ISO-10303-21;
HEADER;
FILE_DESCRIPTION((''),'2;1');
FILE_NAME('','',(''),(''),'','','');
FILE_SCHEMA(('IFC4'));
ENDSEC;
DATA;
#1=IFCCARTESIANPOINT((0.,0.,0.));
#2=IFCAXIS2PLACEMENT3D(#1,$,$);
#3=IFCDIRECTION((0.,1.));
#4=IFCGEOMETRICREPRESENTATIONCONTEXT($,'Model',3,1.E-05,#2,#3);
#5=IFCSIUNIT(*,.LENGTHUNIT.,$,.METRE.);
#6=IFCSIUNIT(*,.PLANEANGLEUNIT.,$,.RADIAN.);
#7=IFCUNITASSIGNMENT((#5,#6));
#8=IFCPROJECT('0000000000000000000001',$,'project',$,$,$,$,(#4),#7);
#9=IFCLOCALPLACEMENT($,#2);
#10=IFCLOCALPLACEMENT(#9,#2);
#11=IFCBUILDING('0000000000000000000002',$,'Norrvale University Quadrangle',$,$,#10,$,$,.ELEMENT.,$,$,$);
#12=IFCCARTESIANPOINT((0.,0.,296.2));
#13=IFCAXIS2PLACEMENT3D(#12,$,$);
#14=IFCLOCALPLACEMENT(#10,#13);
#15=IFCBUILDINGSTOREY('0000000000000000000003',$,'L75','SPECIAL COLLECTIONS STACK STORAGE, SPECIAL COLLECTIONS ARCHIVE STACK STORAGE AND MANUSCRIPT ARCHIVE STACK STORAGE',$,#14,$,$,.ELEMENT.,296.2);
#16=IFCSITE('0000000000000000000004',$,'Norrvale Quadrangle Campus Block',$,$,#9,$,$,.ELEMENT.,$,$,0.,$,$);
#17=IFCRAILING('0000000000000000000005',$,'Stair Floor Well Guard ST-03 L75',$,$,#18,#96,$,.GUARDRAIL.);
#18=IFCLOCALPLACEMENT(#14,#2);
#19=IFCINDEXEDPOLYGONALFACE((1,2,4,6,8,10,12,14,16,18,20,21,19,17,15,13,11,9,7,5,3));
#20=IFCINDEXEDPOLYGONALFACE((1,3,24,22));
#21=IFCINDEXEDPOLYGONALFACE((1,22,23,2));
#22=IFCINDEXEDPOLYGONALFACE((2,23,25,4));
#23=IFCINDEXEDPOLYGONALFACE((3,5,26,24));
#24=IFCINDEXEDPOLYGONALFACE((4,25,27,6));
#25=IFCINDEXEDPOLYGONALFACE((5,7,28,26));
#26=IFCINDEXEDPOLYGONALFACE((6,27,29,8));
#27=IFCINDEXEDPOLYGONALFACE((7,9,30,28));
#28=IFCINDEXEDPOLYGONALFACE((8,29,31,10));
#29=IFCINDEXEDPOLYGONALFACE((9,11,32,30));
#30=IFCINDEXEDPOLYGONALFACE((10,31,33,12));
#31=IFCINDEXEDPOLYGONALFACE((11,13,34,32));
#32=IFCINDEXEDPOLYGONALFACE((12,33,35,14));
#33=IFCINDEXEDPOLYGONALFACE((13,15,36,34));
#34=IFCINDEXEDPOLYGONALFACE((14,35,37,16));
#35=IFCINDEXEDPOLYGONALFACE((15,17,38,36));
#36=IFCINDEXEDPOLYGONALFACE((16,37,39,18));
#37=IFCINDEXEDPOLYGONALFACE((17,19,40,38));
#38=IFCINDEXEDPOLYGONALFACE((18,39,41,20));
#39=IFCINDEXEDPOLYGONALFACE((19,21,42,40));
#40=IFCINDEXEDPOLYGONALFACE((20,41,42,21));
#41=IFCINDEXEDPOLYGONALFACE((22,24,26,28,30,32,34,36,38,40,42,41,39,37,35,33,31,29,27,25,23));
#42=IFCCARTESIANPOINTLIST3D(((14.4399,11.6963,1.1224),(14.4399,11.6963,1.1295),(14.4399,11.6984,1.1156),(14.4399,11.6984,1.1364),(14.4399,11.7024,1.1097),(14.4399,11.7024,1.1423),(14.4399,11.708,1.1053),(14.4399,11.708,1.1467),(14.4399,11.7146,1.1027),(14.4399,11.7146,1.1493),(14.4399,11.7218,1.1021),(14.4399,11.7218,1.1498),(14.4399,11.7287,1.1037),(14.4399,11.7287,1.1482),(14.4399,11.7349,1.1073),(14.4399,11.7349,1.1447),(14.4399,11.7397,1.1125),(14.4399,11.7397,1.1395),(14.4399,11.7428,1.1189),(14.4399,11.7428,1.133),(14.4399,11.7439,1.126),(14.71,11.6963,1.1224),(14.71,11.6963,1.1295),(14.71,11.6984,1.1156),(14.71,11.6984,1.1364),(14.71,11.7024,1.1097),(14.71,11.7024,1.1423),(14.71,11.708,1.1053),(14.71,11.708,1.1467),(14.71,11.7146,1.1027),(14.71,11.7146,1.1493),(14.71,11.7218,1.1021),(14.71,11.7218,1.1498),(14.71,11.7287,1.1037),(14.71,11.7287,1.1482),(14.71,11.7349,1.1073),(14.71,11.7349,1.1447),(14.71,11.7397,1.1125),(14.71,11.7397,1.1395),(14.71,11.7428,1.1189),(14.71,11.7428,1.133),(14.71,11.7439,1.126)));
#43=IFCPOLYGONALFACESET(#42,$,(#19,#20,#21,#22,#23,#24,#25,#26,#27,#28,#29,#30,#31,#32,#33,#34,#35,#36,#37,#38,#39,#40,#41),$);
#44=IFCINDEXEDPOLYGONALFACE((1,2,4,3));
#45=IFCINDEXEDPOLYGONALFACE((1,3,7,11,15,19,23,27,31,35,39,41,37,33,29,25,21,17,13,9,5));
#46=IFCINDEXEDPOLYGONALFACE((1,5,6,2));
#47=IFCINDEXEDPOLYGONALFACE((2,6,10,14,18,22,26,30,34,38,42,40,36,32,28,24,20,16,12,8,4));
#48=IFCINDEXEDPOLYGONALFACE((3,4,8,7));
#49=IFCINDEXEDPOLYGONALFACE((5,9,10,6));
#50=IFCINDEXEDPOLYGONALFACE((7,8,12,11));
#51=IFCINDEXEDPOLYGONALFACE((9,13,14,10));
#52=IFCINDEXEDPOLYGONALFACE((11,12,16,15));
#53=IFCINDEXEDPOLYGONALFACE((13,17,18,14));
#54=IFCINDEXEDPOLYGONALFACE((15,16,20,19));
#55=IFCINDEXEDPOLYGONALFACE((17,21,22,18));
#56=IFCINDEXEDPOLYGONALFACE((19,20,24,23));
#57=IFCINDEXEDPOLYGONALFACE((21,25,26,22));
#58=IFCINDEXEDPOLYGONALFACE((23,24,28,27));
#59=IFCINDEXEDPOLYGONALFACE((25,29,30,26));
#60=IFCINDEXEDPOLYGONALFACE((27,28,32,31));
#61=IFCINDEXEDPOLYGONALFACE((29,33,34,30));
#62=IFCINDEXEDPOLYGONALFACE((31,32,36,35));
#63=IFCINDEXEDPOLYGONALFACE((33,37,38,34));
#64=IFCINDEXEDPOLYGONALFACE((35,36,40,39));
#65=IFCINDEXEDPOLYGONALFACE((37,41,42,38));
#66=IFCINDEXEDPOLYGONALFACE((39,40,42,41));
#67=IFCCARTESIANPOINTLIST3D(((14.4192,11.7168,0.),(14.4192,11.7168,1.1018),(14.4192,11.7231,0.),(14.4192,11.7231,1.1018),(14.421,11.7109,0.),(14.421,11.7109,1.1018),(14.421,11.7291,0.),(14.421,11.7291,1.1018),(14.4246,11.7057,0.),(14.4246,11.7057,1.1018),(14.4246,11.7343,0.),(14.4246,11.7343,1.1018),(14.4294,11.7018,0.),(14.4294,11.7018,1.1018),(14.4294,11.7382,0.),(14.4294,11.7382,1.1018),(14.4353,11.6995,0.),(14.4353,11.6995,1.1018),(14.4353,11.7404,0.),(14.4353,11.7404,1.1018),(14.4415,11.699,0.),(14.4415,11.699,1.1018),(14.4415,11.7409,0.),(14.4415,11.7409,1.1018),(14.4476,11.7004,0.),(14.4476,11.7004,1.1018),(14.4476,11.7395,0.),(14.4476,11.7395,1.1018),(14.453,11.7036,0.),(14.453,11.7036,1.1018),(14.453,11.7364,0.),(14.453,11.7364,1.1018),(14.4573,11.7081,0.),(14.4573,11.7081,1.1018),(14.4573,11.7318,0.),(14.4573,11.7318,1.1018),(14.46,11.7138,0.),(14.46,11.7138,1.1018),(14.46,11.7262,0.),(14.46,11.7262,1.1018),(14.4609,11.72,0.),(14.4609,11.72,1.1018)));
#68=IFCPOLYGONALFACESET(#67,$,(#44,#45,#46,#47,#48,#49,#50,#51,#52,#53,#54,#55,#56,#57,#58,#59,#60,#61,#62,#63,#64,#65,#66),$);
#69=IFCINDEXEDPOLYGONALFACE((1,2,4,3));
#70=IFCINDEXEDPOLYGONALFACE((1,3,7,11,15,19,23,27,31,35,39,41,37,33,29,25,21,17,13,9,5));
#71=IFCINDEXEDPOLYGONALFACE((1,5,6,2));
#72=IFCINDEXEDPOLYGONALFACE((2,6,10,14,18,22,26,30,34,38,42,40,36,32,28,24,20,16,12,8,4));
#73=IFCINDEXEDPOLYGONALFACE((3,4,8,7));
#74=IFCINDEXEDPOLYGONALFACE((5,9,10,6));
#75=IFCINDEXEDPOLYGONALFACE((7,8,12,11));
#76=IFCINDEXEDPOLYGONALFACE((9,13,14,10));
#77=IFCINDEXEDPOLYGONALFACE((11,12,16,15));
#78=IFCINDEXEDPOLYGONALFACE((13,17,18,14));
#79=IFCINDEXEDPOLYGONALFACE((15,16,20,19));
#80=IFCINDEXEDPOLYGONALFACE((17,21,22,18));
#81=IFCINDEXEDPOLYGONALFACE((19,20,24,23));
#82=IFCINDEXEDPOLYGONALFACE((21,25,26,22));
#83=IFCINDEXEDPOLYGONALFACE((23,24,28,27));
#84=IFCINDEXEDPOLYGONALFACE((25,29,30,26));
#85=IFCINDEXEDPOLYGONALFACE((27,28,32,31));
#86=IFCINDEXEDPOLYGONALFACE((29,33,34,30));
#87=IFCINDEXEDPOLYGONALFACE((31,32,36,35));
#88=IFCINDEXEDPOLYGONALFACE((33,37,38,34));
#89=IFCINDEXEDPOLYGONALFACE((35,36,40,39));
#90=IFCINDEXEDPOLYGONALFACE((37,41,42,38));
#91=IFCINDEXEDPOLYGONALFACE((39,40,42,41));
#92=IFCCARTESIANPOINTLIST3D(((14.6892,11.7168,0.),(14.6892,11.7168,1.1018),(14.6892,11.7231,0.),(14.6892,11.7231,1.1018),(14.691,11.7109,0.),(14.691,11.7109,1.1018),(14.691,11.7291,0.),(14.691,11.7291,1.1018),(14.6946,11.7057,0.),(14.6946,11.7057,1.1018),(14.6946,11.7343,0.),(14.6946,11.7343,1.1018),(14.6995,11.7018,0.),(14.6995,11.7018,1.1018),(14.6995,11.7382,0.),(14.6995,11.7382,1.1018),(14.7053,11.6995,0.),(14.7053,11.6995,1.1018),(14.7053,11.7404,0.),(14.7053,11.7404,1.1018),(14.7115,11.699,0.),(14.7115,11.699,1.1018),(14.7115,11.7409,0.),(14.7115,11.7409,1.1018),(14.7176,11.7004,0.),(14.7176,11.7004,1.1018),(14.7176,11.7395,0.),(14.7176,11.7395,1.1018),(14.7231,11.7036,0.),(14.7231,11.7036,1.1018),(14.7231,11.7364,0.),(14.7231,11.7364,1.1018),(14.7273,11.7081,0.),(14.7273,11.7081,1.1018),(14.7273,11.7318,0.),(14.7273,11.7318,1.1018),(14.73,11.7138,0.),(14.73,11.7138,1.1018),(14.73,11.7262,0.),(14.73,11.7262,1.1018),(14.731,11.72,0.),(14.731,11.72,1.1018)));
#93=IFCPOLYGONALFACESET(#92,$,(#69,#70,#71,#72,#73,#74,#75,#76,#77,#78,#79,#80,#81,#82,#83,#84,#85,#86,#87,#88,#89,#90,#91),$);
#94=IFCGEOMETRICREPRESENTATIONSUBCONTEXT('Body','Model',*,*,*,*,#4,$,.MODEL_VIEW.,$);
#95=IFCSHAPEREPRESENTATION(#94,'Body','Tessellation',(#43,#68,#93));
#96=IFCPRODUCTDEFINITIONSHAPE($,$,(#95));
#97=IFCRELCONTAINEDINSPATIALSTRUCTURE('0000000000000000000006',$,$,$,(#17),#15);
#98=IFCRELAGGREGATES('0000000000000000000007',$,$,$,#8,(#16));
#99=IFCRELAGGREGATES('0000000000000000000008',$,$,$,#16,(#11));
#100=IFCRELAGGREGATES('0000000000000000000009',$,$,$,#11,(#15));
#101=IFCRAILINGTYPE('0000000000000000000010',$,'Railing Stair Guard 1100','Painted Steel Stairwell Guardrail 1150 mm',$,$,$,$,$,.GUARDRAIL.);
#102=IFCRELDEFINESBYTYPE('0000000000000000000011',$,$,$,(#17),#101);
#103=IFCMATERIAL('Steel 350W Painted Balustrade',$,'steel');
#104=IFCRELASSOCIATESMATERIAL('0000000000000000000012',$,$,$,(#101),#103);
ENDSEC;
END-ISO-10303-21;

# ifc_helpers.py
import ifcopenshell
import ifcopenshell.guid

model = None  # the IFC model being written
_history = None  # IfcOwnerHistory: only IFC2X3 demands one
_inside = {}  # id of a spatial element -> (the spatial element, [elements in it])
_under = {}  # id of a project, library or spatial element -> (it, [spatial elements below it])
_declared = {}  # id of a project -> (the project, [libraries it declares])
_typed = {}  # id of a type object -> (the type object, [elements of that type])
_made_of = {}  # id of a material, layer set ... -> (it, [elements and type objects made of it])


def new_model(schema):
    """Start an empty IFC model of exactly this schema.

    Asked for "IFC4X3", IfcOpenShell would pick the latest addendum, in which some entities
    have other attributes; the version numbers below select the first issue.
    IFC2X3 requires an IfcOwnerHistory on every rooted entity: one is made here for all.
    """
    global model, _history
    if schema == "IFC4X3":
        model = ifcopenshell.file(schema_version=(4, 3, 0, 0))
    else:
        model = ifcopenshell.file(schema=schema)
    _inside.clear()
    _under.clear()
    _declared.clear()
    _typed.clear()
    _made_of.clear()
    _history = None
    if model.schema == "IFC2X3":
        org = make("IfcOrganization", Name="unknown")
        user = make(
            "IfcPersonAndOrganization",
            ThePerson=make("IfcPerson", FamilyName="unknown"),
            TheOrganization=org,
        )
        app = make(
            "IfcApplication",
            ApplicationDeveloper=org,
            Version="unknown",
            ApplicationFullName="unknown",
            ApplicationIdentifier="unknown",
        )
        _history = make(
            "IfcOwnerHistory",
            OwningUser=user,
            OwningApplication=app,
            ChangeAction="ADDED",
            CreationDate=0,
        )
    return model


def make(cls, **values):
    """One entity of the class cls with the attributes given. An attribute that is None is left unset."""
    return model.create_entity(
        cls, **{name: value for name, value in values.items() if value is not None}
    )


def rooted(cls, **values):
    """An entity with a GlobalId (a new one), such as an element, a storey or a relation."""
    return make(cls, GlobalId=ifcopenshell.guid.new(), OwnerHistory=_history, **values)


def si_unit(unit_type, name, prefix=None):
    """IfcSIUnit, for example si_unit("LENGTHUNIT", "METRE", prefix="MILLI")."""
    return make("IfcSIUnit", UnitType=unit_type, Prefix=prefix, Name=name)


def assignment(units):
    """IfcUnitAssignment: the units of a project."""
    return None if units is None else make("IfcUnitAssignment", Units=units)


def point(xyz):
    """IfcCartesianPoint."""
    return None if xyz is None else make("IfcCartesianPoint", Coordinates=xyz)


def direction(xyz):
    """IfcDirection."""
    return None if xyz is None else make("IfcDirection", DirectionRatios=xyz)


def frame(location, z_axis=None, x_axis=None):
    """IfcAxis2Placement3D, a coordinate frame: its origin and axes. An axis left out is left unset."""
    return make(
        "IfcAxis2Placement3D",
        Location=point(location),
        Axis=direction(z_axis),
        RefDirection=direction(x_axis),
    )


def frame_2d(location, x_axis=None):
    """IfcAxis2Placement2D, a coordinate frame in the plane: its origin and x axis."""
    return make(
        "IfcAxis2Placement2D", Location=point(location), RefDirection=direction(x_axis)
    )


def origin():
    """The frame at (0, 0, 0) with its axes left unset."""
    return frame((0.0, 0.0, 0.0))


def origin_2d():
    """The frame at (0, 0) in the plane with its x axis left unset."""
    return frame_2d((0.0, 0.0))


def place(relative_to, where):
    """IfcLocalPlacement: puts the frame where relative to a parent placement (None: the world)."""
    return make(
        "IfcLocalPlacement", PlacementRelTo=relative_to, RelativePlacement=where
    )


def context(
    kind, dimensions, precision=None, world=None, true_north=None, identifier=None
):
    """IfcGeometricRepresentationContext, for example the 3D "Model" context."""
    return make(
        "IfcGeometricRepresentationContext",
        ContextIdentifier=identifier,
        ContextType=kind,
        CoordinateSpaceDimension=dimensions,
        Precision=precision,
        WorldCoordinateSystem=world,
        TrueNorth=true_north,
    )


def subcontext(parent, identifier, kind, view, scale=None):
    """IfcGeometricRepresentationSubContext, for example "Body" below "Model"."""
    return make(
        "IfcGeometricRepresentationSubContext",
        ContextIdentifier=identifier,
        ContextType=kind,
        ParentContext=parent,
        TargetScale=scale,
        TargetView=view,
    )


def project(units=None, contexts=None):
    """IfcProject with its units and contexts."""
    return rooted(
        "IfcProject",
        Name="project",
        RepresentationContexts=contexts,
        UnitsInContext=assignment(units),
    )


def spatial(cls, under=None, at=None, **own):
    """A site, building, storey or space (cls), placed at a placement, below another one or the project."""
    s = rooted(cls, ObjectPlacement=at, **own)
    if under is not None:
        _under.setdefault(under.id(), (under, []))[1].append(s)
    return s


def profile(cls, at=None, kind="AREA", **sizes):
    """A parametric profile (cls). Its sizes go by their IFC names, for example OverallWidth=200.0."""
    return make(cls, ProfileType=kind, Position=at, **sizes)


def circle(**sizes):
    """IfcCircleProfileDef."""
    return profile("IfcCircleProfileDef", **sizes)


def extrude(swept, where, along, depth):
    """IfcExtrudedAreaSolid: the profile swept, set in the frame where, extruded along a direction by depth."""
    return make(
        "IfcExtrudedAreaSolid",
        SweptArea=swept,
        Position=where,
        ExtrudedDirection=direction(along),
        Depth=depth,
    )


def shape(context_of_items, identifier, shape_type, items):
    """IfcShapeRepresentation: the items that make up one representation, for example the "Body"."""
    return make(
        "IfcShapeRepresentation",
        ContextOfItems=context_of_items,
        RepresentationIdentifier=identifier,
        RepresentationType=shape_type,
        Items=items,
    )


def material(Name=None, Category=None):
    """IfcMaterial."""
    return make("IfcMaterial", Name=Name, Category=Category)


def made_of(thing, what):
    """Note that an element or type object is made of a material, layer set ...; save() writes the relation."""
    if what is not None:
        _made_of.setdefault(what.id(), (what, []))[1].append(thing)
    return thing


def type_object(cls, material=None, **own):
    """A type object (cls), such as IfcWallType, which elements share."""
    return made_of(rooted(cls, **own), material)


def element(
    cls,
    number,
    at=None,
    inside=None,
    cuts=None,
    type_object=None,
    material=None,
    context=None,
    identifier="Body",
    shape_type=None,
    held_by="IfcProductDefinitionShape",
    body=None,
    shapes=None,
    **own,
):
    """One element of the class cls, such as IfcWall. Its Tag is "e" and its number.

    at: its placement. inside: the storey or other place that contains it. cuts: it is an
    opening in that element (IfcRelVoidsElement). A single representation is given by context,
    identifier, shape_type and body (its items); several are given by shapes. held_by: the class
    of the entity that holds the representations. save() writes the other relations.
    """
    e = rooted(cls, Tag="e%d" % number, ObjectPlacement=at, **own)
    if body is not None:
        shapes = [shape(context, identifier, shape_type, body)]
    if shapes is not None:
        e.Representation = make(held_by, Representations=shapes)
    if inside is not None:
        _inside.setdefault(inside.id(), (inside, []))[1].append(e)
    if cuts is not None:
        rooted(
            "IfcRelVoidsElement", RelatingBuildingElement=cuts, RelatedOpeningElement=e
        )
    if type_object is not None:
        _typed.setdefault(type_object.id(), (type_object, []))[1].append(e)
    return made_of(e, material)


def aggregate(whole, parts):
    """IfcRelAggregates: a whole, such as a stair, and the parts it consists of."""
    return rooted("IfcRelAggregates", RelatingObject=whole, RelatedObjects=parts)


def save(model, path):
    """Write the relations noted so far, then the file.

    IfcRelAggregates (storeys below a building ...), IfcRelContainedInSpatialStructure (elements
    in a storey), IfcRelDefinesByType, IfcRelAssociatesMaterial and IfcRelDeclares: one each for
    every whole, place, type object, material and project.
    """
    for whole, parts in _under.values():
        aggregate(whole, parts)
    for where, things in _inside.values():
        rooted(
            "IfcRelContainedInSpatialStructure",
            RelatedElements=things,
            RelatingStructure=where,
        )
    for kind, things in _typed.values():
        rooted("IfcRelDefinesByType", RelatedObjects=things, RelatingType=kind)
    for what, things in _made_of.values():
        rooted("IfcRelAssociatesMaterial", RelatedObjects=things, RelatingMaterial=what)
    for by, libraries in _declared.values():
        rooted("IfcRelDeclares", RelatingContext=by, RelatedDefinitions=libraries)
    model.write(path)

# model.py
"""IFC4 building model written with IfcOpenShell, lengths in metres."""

from ifc_helpers import new_model, si_unit, direction, frame, origin, origin_2d, place, context, subcontext, project, spatial, circle, extrude, material, type_object, element, save


model = new_model("IFC4")

# Units and contexts
model_context = context("Model", 3, precision=1e-05, world=origin(), true_north=direction((0.0, 1.0)))
body_context = subcontext(model_context, "Body", "Model", "MODEL_VIEW")
ifc_project = project(units=[si_unit("LENGTHUNIT", "METRE"), si_unit("PLANEANGLEUNIT", "RADIAN")], contexts=[model_context])

# Site, building, storey
site_placement = place(None, origin())
site = spatial("IfcSite", under=ifc_project, at=site_placement, Name="Norrvale Quadrangle Campus Block", CompositionType="ELEMENT", RefElevation=0.0)
building_placement = place(site_placement, origin())
building = spatial("IfcBuilding", under=site, at=building_placement, Name="Norrvale University Quadrangle", CompositionType="ELEMENT")
storey_placement = place(building_placement, frame((0.0, 0.0, 296.2)))
storey = spatial("IfcBuildingStorey", under=building, at=storey_placement, Name="L75", Description="SPECIAL COLLECTIONS STACK STORAGE, SPECIAL COLLECTIONS ARCHIVE STACK STORAGE AND MANUSCRIPT ARCHIVE STACK STORAGE", CompositionType="ELEMENT", Elevation=296.2)

# Railing
ifc_material_1 = material(Name="Steel 350W Painted Balustrade", Category="steel")
railing_type_1 = type_object("IfcRailingType", Name="Railing Stair Guard 1100", Description="Painted Steel Stairwell Guardrail 1150 mm", PredefinedType="GUARDRAIL", material=ifc_material_1)
railing_1_placement = place(storey_placement, frame((14.4399, 11.72, 0.0)))
element("IfcRailing", 1, at=railing_1_placement, inside=storey, type_object=railing_type_1, Name="Stair Floor Well Guard ST-03 L75", PredefinedType="GUARDRAIL", context=body_context, shape_type="SweptSolid", body=[
    extrude(circle(Radius=0.0239, at=origin_2d()), frame((0.0, 0.0, 1.126), z_axis=(1.0, 0.0, 0.0), x_axis=(0.0, 1.0, 0.0)), (0.0, 0.0, 1.0), 0.27),
    extrude(circle(Radius=0.021, at=origin_2d()), origin(), (0.0, 0.0, 1.0), 1.1018),
    extrude(circle(Radius=0.021, at=origin_2d()), frame((0.27, 0.0, 0.0)), (0.0, 0.0, 1.0), 1.1018),
])

save(model, "model.ifc")
